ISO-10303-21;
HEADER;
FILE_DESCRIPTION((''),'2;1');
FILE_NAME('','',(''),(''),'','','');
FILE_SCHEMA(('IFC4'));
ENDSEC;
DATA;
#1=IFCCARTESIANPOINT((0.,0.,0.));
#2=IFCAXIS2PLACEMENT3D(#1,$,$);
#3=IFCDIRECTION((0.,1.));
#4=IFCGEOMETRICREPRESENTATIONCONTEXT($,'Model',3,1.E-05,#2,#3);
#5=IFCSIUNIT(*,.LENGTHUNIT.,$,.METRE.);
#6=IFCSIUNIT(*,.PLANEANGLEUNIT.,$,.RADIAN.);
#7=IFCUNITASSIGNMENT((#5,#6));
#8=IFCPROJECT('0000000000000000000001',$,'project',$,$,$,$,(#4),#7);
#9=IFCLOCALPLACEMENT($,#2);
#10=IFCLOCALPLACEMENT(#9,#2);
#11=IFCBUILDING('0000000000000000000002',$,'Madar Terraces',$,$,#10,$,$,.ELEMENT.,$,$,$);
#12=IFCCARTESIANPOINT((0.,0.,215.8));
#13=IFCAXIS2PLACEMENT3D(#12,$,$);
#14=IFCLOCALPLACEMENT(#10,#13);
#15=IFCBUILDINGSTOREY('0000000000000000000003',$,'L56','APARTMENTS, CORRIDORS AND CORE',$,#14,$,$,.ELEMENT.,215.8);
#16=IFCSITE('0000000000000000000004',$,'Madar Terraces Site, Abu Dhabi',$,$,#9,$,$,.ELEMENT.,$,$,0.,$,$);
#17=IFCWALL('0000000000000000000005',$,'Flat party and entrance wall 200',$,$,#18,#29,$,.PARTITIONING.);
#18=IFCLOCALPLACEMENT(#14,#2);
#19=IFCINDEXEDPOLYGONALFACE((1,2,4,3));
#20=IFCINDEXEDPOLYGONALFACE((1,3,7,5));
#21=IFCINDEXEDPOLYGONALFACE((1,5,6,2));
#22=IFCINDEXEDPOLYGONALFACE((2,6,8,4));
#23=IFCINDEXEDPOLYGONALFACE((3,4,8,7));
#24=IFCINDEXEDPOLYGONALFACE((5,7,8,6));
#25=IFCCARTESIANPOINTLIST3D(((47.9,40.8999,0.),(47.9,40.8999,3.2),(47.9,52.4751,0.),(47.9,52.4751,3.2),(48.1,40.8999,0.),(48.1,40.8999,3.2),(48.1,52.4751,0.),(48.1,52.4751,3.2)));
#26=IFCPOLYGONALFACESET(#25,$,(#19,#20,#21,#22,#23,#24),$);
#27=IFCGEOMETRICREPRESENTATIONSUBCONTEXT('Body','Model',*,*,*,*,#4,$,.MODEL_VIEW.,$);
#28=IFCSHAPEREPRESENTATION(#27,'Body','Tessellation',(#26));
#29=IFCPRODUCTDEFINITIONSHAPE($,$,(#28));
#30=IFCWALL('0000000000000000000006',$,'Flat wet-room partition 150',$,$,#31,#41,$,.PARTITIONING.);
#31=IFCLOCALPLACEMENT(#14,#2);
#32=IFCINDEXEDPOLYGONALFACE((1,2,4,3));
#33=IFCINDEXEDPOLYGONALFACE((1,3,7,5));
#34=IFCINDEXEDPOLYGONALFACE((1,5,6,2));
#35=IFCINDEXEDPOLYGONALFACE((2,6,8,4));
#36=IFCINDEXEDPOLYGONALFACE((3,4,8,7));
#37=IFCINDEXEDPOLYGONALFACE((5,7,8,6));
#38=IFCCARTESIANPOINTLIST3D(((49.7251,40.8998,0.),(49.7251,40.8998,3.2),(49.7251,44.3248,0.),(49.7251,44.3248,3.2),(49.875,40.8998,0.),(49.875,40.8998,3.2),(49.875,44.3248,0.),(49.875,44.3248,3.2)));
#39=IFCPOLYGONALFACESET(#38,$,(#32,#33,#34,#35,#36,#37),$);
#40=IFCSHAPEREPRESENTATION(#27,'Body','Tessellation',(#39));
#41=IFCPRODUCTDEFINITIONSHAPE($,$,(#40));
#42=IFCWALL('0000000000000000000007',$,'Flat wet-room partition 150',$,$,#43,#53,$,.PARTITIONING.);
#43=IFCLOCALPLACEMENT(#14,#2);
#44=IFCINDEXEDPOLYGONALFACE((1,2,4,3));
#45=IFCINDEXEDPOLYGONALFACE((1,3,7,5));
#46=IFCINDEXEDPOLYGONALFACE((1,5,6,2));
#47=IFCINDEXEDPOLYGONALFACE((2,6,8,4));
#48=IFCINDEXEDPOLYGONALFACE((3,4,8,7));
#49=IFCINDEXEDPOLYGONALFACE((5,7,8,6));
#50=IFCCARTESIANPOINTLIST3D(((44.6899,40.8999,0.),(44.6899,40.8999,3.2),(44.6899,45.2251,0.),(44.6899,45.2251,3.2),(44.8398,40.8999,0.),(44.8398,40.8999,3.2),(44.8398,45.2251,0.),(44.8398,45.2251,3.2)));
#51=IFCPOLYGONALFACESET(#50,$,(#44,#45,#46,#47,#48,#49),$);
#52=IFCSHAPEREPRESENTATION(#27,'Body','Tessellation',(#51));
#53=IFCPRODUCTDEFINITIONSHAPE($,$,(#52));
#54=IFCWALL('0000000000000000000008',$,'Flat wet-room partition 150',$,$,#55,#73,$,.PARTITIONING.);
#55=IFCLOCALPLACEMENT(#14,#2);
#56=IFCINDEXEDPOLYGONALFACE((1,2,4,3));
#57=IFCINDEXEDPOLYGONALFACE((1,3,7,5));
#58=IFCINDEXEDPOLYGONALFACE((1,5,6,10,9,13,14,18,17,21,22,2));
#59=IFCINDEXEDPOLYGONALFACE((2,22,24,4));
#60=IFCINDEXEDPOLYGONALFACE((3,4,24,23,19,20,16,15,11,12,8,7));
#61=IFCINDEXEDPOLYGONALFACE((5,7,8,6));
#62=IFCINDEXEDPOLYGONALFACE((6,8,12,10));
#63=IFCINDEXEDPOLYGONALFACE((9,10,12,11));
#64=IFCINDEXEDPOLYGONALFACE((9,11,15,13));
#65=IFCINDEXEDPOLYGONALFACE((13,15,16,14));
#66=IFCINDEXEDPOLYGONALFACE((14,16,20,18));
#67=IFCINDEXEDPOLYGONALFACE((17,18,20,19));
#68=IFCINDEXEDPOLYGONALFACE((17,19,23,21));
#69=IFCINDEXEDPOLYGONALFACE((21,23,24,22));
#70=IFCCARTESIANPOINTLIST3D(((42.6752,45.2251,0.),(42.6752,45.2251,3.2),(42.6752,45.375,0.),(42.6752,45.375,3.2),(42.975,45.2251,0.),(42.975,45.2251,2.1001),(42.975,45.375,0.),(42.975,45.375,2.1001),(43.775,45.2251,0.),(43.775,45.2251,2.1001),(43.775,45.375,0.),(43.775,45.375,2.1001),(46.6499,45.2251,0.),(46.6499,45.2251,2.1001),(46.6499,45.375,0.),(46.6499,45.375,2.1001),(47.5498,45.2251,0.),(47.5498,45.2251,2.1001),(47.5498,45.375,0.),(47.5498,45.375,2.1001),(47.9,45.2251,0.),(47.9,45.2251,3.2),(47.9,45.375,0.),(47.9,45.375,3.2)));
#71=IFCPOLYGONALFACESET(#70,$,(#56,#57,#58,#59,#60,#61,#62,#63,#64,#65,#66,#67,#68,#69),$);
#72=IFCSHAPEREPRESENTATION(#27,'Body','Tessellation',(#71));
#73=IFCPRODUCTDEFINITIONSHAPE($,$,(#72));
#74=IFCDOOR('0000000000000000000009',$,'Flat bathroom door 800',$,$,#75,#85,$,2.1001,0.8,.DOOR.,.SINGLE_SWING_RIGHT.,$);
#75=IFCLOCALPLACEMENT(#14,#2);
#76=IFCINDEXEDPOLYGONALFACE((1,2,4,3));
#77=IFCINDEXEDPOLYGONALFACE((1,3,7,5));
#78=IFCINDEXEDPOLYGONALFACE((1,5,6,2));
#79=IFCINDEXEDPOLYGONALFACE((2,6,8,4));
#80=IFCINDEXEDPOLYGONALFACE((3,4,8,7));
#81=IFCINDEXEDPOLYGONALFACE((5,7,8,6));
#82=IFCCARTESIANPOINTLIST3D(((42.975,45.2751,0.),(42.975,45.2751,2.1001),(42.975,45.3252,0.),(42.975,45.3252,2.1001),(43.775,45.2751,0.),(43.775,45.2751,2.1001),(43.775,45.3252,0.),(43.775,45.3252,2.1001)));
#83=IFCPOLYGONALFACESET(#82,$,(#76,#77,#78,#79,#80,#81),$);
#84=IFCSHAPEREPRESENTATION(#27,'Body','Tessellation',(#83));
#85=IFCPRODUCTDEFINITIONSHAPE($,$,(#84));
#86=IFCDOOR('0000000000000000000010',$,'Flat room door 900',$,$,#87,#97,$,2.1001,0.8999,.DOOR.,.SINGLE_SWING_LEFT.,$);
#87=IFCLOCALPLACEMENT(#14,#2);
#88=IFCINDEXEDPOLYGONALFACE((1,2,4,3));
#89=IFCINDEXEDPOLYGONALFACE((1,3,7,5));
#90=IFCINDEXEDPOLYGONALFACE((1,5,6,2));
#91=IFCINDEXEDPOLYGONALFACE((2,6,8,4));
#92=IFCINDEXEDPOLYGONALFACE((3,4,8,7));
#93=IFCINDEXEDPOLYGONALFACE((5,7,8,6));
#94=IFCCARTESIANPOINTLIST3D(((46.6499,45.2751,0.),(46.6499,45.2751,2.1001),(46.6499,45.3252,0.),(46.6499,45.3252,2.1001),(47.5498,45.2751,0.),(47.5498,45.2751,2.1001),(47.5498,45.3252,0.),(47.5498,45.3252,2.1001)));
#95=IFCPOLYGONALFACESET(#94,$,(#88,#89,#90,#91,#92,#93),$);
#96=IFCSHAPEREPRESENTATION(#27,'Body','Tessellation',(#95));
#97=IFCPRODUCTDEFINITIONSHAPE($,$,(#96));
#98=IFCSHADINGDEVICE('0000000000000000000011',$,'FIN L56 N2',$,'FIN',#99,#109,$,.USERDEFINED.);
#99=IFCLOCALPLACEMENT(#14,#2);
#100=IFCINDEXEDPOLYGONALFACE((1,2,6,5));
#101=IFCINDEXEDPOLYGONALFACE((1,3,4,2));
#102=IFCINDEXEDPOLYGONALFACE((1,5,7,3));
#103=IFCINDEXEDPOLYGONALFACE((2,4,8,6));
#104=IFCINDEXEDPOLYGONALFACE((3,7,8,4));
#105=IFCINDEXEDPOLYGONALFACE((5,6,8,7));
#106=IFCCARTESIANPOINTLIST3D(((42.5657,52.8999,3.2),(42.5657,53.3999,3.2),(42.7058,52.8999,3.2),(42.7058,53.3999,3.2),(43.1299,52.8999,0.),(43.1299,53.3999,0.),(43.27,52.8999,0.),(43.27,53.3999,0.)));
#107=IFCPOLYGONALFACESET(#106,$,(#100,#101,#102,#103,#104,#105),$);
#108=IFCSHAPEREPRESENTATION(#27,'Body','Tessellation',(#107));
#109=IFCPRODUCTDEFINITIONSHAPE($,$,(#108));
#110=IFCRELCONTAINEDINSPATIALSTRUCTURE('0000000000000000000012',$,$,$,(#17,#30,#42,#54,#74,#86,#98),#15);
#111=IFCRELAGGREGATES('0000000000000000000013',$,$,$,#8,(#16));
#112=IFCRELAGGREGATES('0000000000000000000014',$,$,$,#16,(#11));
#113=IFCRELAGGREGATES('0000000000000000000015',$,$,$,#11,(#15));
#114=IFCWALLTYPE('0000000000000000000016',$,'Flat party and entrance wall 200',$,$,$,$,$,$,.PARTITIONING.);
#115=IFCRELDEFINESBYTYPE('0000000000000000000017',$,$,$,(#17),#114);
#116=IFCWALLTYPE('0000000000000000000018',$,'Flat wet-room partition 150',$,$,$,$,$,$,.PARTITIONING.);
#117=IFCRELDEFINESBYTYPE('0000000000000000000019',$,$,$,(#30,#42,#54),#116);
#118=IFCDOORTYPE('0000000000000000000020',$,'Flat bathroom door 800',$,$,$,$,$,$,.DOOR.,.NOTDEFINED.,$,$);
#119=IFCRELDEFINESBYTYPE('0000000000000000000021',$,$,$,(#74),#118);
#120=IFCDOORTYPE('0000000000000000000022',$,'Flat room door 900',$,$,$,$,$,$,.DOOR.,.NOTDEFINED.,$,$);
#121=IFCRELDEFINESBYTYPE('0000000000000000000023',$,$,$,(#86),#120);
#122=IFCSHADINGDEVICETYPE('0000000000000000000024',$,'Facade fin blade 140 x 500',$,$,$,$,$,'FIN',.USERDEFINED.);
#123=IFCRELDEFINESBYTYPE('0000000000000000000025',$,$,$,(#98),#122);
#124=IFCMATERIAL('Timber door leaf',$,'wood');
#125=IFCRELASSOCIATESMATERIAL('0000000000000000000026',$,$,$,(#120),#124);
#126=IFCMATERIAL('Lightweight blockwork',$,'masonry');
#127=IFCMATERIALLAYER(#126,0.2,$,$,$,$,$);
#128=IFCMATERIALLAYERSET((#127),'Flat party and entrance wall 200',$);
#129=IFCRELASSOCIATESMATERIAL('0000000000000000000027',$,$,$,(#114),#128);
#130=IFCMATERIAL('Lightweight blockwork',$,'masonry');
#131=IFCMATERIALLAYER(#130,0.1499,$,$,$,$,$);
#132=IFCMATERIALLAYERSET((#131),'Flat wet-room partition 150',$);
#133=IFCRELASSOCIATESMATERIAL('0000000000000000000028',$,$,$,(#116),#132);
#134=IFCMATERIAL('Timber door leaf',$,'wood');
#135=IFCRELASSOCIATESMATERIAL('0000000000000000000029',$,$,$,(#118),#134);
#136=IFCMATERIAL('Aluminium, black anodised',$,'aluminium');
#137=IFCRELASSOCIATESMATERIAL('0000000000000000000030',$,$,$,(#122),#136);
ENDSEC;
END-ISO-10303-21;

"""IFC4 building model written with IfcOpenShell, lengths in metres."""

from ifc_helpers import new_model, si_unit, direction, frame, frame_2d, origin, place, context, subcontext, project, spatial, polyline, rectangle, outline, extrude, material, layer, layer_set, type_object, element, fill, save


model = new_model("IFC4")

# Units and contexts
model_context = context("Model", 3, precision=1e-05, world=origin(), true_north=direction((0.0, 1.0)))
body_context = subcontext(model_context, "Body", "Model", "MODEL_VIEW")
ifc_project = project(units=[si_unit("LENGTHUNIT", "METRE"), si_unit("PLANEANGLEUNIT", "RADIAN")], contexts=[model_context])

# Site, building, storey
site_placement = place(None, origin())
site = spatial("IfcSite", under=ifc_project, at=site_placement, Name="Madar Terraces Site, Abu Dhabi", CompositionType="ELEMENT", RefElevation=0.0)
building_placement = place(site_placement, origin())
building = spatial("IfcBuilding", under=site, at=building_placement, Name="Madar Terraces", CompositionType="ELEMENT")
storey_placement = place(building_placement, frame((0.0, 0.0, 215.8)))
storey = spatial("IfcBuildingStorey", under=building, at=storey_placement, Name="L56", Description="APARTMENTS, CORRIDORS AND CORE", CompositionType="ELEMENT", Elevation=215.8)

# Shared definitions
ifc_material_1 = material(Name="Timber door leaf", Category="wood")
door_type_1 = type_object("IfcDoorType", Name="Flat room door 900", OperationType="NOTDEFINED", PredefinedType="DOOR", material=ifc_material_1)

# Walls
ifc_material_2 = material(Name="Lightweight blockwork", Category="masonry")
ifc_layer_1 = layer(ifc_material_2, 0.2)
ifc_layer_set_1 = layer_set([ifc_layer_1], Name="Flat party and entrance wall 200")
wall_type_1 = type_object("IfcWallType", Name="Flat party and entrance wall 200", PredefinedType="PARTITIONING", material=ifc_layer_set_1)
wall_1_placement = place(storey_placement, frame((48.0, 52.4751, 0.0), z_axis=(0.0, 0.0, 1.0), x_axis=(0.0, -1.0, 0.0)))
element("IfcWall", 1, at=wall_1_placement, inside=storey, type_object=wall_type_1, Name="Flat party and entrance wall 200", PredefinedType="PARTITIONING", context=body_context, shape_type="SweptSolid", body=[
    extrude(rectangle(XDim=11.5752, YDim=0.2, at=frame_2d((5.7876, 0.0))), origin(), (0.0, 0.0, 1.0), 3.2),
])
ifc_material_3 = material(Name="Lightweight blockwork", Category="masonry")
ifc_layer_2 = layer(ifc_material_3, 0.1499)
ifc_layer_set_2 = layer_set([ifc_layer_2], Name="Flat wet-room partition 150")
wall_type_2 = type_object("IfcWallType", Name="Flat wet-room partition 150", PredefinedType="PARTITIONING", material=ifc_layer_set_2)
wall_2_placement = place(storey_placement, frame((49.8, 40.8999, 0.0), z_axis=(0.0, 0.0, 1.0), x_axis=(0.0, 1.0, 0.0)))
element("IfcWall", 2, at=wall_2_placement, inside=storey, type_object=wall_type_2, Name="Flat wet-room partition 150", PredefinedType="PARTITIONING", context=body_context, shape_type="SweptSolid", body=[
    extrude(rectangle(XDim=3.425, YDim=0.1499, at=frame_2d((1.7124, 0.0))), origin(), (0.0, 0.0, 1.0), 3.2),
])
wall_3_placement = place(storey_placement, frame((44.7649, 40.8999, 0.0), z_axis=(0.0, 0.0, 1.0), x_axis=(0.0, 1.0, 0.0)))
element("IfcWall", 3, at=wall_3_placement, inside=storey, type_object=wall_type_2, Name="Flat wet-room partition 150", PredefinedType="PARTITIONING", context=body_context, shape_type="SweptSolid", body=[
    extrude(rectangle(XDim=4.3252, YDim=0.1499, at=frame_2d((2.1626, 0.0))), origin(), (0.0, 0.0, 1.0), 3.2),
])

# Wall, openings, doors
wall_4_placement = place(storey_placement, frame((47.8999, 45.3, 0.0), z_axis=(0.0, 0.0, 1.0), x_axis=(-1.0, 0.0, 0.0)))
wall_4 = element("IfcWall", 4, at=wall_4_placement, inside=storey, type_object=wall_type_2, Name="Flat wet-room partition 150", PredefinedType="PARTITIONING", context=body_context, shape_type="SweptSolid", body=[
    extrude(rectangle(XDim=5.2249, YDim=0.1499, at=frame_2d((2.6123, 0.0))), origin(), (0.0, 0.0, 1.0), 3.2),
])
opening_1_placement = place(wall_4_placement, frame((4.125, 0.0, 0.0)))
opening_1 = element("IfcOpeningElement", 5, at=opening_1_placement, cuts=wall_4, PredefinedType="OPENING", context=body_context, shape_type="SweptSolid", body=[
    extrude(rectangle(XDim=0.8, YDim=2.1001, at=frame_2d((0.3999, 1.05))), frame((0.0, 0.085, 0.0), z_axis=(0.0, -1.0, 0.0), x_axis=(1.0, 0.0, 0.0)), (0.0, 0.0, 1.0), 0.1699),
])
opening_2_placement = place(wall_4_placement, frame((0.3501, 0.0, 0.0)))
opening_2 = element("IfcOpeningElement", 6, at=opening_2_placement, cuts=wall_4, PredefinedType="OPENING", context=body_context, shape_type="SweptSolid", body=[
    extrude(rectangle(XDim=0.8999, YDim=2.1001, at=frame_2d((0.45, 1.05))), frame((0.0, 0.085, 0.0), z_axis=(0.0, -1.0, 0.0), x_axis=(1.0, 0.0, 0.0)), (0.0, 0.0, 1.0), 0.1699),
])
ifc_material_4 = material(Name="Timber door leaf", Category="wood")
door_type_2 = type_object("IfcDoorType", Name="Flat bathroom door 800", OperationType="NOTDEFINED", PredefinedType="DOOR", material=ifc_material_4)
door_1_placement = place(opening_1_placement, origin())
door_1 = element("IfcDoor", 7, at=door_1_placement, inside=storey, type_object=door_type_2, Name="Flat bathroom door 800", OperationType="SINGLE_SWING_RIGHT", OverallHeight=2.1001, OverallWidth=0.8, PredefinedType="DOOR", context=body_context, shape_type="SweptSolid", body=[
    extrude(rectangle(XDim=0.8, YDim=2.1001, at=frame_2d((0.3999, 1.05))), frame((0.0, 0.0249, 0.0), z_axis=(0.0, -1.0, 0.0), x_axis=(1.0, 0.0, 0.0)), (0.0, 0.0, 1.0), 0.05),
])
fill(opening_1, door_1)
door_2_placement = place(opening_2_placement, origin())
door_2 = element("IfcDoor", 8, at=door_2_placement, inside=storey, type_object=door_type_1, Name="Flat room door 900", OperationType="SINGLE_SWING_LEFT", OverallHeight=2.1001, OverallWidth=0.8999, PredefinedType="DOOR", context=body_context, shape_type="SweptSolid", body=[
    extrude(rectangle(XDim=0.8999, YDim=2.1001, at=frame_2d((0.45, 1.05))), frame((0.0, 0.0249, 0.0), z_axis=(0.0, -1.0, 0.0), x_axis=(1.0, 0.0, 0.0)), (0.0, 0.0, 1.0), 0.05),
])
fill(opening_2, door_2)

# Shading device
ifc_material_5 = material(Name="Aluminium, black anodised", Category="aluminium")
shading_device_type = type_object("IfcShadingDeviceType", Name="Facade fin blade 140 x 500", ElementType="FIN", PredefinedType="USERDEFINED", material=ifc_material_5)
shading_device_placement = place(storey_placement, frame((43.27, 53.1499, 0.0), z_axis=(0.0, 0.0, 1.0), x_axis=(-1.0, 0.0, 0.0)))
element("IfcShadingDevice", 9, at=shading_device_placement, inside=storey, type_object=shading_device_type, Name="FIN L56 N2", ObjectType="FIN", PredefinedType="USERDEFINED", context=body_context, shape_type="SweptSolid", body=[
    extrude(outline(polyline([(0.0, 0.0), (0.1401, 0.0), (0.7043, 3.2), (0.5642, 3.2), (0.0, 0.0)])), frame((0.0, 0.25, 0.0), z_axis=(0.0, -1.0, 0.0), x_axis=(1.0, 0.0, 0.0)), (0.0, 0.0, 1.0), 0.5),
])

save(model, "model.ifc")
